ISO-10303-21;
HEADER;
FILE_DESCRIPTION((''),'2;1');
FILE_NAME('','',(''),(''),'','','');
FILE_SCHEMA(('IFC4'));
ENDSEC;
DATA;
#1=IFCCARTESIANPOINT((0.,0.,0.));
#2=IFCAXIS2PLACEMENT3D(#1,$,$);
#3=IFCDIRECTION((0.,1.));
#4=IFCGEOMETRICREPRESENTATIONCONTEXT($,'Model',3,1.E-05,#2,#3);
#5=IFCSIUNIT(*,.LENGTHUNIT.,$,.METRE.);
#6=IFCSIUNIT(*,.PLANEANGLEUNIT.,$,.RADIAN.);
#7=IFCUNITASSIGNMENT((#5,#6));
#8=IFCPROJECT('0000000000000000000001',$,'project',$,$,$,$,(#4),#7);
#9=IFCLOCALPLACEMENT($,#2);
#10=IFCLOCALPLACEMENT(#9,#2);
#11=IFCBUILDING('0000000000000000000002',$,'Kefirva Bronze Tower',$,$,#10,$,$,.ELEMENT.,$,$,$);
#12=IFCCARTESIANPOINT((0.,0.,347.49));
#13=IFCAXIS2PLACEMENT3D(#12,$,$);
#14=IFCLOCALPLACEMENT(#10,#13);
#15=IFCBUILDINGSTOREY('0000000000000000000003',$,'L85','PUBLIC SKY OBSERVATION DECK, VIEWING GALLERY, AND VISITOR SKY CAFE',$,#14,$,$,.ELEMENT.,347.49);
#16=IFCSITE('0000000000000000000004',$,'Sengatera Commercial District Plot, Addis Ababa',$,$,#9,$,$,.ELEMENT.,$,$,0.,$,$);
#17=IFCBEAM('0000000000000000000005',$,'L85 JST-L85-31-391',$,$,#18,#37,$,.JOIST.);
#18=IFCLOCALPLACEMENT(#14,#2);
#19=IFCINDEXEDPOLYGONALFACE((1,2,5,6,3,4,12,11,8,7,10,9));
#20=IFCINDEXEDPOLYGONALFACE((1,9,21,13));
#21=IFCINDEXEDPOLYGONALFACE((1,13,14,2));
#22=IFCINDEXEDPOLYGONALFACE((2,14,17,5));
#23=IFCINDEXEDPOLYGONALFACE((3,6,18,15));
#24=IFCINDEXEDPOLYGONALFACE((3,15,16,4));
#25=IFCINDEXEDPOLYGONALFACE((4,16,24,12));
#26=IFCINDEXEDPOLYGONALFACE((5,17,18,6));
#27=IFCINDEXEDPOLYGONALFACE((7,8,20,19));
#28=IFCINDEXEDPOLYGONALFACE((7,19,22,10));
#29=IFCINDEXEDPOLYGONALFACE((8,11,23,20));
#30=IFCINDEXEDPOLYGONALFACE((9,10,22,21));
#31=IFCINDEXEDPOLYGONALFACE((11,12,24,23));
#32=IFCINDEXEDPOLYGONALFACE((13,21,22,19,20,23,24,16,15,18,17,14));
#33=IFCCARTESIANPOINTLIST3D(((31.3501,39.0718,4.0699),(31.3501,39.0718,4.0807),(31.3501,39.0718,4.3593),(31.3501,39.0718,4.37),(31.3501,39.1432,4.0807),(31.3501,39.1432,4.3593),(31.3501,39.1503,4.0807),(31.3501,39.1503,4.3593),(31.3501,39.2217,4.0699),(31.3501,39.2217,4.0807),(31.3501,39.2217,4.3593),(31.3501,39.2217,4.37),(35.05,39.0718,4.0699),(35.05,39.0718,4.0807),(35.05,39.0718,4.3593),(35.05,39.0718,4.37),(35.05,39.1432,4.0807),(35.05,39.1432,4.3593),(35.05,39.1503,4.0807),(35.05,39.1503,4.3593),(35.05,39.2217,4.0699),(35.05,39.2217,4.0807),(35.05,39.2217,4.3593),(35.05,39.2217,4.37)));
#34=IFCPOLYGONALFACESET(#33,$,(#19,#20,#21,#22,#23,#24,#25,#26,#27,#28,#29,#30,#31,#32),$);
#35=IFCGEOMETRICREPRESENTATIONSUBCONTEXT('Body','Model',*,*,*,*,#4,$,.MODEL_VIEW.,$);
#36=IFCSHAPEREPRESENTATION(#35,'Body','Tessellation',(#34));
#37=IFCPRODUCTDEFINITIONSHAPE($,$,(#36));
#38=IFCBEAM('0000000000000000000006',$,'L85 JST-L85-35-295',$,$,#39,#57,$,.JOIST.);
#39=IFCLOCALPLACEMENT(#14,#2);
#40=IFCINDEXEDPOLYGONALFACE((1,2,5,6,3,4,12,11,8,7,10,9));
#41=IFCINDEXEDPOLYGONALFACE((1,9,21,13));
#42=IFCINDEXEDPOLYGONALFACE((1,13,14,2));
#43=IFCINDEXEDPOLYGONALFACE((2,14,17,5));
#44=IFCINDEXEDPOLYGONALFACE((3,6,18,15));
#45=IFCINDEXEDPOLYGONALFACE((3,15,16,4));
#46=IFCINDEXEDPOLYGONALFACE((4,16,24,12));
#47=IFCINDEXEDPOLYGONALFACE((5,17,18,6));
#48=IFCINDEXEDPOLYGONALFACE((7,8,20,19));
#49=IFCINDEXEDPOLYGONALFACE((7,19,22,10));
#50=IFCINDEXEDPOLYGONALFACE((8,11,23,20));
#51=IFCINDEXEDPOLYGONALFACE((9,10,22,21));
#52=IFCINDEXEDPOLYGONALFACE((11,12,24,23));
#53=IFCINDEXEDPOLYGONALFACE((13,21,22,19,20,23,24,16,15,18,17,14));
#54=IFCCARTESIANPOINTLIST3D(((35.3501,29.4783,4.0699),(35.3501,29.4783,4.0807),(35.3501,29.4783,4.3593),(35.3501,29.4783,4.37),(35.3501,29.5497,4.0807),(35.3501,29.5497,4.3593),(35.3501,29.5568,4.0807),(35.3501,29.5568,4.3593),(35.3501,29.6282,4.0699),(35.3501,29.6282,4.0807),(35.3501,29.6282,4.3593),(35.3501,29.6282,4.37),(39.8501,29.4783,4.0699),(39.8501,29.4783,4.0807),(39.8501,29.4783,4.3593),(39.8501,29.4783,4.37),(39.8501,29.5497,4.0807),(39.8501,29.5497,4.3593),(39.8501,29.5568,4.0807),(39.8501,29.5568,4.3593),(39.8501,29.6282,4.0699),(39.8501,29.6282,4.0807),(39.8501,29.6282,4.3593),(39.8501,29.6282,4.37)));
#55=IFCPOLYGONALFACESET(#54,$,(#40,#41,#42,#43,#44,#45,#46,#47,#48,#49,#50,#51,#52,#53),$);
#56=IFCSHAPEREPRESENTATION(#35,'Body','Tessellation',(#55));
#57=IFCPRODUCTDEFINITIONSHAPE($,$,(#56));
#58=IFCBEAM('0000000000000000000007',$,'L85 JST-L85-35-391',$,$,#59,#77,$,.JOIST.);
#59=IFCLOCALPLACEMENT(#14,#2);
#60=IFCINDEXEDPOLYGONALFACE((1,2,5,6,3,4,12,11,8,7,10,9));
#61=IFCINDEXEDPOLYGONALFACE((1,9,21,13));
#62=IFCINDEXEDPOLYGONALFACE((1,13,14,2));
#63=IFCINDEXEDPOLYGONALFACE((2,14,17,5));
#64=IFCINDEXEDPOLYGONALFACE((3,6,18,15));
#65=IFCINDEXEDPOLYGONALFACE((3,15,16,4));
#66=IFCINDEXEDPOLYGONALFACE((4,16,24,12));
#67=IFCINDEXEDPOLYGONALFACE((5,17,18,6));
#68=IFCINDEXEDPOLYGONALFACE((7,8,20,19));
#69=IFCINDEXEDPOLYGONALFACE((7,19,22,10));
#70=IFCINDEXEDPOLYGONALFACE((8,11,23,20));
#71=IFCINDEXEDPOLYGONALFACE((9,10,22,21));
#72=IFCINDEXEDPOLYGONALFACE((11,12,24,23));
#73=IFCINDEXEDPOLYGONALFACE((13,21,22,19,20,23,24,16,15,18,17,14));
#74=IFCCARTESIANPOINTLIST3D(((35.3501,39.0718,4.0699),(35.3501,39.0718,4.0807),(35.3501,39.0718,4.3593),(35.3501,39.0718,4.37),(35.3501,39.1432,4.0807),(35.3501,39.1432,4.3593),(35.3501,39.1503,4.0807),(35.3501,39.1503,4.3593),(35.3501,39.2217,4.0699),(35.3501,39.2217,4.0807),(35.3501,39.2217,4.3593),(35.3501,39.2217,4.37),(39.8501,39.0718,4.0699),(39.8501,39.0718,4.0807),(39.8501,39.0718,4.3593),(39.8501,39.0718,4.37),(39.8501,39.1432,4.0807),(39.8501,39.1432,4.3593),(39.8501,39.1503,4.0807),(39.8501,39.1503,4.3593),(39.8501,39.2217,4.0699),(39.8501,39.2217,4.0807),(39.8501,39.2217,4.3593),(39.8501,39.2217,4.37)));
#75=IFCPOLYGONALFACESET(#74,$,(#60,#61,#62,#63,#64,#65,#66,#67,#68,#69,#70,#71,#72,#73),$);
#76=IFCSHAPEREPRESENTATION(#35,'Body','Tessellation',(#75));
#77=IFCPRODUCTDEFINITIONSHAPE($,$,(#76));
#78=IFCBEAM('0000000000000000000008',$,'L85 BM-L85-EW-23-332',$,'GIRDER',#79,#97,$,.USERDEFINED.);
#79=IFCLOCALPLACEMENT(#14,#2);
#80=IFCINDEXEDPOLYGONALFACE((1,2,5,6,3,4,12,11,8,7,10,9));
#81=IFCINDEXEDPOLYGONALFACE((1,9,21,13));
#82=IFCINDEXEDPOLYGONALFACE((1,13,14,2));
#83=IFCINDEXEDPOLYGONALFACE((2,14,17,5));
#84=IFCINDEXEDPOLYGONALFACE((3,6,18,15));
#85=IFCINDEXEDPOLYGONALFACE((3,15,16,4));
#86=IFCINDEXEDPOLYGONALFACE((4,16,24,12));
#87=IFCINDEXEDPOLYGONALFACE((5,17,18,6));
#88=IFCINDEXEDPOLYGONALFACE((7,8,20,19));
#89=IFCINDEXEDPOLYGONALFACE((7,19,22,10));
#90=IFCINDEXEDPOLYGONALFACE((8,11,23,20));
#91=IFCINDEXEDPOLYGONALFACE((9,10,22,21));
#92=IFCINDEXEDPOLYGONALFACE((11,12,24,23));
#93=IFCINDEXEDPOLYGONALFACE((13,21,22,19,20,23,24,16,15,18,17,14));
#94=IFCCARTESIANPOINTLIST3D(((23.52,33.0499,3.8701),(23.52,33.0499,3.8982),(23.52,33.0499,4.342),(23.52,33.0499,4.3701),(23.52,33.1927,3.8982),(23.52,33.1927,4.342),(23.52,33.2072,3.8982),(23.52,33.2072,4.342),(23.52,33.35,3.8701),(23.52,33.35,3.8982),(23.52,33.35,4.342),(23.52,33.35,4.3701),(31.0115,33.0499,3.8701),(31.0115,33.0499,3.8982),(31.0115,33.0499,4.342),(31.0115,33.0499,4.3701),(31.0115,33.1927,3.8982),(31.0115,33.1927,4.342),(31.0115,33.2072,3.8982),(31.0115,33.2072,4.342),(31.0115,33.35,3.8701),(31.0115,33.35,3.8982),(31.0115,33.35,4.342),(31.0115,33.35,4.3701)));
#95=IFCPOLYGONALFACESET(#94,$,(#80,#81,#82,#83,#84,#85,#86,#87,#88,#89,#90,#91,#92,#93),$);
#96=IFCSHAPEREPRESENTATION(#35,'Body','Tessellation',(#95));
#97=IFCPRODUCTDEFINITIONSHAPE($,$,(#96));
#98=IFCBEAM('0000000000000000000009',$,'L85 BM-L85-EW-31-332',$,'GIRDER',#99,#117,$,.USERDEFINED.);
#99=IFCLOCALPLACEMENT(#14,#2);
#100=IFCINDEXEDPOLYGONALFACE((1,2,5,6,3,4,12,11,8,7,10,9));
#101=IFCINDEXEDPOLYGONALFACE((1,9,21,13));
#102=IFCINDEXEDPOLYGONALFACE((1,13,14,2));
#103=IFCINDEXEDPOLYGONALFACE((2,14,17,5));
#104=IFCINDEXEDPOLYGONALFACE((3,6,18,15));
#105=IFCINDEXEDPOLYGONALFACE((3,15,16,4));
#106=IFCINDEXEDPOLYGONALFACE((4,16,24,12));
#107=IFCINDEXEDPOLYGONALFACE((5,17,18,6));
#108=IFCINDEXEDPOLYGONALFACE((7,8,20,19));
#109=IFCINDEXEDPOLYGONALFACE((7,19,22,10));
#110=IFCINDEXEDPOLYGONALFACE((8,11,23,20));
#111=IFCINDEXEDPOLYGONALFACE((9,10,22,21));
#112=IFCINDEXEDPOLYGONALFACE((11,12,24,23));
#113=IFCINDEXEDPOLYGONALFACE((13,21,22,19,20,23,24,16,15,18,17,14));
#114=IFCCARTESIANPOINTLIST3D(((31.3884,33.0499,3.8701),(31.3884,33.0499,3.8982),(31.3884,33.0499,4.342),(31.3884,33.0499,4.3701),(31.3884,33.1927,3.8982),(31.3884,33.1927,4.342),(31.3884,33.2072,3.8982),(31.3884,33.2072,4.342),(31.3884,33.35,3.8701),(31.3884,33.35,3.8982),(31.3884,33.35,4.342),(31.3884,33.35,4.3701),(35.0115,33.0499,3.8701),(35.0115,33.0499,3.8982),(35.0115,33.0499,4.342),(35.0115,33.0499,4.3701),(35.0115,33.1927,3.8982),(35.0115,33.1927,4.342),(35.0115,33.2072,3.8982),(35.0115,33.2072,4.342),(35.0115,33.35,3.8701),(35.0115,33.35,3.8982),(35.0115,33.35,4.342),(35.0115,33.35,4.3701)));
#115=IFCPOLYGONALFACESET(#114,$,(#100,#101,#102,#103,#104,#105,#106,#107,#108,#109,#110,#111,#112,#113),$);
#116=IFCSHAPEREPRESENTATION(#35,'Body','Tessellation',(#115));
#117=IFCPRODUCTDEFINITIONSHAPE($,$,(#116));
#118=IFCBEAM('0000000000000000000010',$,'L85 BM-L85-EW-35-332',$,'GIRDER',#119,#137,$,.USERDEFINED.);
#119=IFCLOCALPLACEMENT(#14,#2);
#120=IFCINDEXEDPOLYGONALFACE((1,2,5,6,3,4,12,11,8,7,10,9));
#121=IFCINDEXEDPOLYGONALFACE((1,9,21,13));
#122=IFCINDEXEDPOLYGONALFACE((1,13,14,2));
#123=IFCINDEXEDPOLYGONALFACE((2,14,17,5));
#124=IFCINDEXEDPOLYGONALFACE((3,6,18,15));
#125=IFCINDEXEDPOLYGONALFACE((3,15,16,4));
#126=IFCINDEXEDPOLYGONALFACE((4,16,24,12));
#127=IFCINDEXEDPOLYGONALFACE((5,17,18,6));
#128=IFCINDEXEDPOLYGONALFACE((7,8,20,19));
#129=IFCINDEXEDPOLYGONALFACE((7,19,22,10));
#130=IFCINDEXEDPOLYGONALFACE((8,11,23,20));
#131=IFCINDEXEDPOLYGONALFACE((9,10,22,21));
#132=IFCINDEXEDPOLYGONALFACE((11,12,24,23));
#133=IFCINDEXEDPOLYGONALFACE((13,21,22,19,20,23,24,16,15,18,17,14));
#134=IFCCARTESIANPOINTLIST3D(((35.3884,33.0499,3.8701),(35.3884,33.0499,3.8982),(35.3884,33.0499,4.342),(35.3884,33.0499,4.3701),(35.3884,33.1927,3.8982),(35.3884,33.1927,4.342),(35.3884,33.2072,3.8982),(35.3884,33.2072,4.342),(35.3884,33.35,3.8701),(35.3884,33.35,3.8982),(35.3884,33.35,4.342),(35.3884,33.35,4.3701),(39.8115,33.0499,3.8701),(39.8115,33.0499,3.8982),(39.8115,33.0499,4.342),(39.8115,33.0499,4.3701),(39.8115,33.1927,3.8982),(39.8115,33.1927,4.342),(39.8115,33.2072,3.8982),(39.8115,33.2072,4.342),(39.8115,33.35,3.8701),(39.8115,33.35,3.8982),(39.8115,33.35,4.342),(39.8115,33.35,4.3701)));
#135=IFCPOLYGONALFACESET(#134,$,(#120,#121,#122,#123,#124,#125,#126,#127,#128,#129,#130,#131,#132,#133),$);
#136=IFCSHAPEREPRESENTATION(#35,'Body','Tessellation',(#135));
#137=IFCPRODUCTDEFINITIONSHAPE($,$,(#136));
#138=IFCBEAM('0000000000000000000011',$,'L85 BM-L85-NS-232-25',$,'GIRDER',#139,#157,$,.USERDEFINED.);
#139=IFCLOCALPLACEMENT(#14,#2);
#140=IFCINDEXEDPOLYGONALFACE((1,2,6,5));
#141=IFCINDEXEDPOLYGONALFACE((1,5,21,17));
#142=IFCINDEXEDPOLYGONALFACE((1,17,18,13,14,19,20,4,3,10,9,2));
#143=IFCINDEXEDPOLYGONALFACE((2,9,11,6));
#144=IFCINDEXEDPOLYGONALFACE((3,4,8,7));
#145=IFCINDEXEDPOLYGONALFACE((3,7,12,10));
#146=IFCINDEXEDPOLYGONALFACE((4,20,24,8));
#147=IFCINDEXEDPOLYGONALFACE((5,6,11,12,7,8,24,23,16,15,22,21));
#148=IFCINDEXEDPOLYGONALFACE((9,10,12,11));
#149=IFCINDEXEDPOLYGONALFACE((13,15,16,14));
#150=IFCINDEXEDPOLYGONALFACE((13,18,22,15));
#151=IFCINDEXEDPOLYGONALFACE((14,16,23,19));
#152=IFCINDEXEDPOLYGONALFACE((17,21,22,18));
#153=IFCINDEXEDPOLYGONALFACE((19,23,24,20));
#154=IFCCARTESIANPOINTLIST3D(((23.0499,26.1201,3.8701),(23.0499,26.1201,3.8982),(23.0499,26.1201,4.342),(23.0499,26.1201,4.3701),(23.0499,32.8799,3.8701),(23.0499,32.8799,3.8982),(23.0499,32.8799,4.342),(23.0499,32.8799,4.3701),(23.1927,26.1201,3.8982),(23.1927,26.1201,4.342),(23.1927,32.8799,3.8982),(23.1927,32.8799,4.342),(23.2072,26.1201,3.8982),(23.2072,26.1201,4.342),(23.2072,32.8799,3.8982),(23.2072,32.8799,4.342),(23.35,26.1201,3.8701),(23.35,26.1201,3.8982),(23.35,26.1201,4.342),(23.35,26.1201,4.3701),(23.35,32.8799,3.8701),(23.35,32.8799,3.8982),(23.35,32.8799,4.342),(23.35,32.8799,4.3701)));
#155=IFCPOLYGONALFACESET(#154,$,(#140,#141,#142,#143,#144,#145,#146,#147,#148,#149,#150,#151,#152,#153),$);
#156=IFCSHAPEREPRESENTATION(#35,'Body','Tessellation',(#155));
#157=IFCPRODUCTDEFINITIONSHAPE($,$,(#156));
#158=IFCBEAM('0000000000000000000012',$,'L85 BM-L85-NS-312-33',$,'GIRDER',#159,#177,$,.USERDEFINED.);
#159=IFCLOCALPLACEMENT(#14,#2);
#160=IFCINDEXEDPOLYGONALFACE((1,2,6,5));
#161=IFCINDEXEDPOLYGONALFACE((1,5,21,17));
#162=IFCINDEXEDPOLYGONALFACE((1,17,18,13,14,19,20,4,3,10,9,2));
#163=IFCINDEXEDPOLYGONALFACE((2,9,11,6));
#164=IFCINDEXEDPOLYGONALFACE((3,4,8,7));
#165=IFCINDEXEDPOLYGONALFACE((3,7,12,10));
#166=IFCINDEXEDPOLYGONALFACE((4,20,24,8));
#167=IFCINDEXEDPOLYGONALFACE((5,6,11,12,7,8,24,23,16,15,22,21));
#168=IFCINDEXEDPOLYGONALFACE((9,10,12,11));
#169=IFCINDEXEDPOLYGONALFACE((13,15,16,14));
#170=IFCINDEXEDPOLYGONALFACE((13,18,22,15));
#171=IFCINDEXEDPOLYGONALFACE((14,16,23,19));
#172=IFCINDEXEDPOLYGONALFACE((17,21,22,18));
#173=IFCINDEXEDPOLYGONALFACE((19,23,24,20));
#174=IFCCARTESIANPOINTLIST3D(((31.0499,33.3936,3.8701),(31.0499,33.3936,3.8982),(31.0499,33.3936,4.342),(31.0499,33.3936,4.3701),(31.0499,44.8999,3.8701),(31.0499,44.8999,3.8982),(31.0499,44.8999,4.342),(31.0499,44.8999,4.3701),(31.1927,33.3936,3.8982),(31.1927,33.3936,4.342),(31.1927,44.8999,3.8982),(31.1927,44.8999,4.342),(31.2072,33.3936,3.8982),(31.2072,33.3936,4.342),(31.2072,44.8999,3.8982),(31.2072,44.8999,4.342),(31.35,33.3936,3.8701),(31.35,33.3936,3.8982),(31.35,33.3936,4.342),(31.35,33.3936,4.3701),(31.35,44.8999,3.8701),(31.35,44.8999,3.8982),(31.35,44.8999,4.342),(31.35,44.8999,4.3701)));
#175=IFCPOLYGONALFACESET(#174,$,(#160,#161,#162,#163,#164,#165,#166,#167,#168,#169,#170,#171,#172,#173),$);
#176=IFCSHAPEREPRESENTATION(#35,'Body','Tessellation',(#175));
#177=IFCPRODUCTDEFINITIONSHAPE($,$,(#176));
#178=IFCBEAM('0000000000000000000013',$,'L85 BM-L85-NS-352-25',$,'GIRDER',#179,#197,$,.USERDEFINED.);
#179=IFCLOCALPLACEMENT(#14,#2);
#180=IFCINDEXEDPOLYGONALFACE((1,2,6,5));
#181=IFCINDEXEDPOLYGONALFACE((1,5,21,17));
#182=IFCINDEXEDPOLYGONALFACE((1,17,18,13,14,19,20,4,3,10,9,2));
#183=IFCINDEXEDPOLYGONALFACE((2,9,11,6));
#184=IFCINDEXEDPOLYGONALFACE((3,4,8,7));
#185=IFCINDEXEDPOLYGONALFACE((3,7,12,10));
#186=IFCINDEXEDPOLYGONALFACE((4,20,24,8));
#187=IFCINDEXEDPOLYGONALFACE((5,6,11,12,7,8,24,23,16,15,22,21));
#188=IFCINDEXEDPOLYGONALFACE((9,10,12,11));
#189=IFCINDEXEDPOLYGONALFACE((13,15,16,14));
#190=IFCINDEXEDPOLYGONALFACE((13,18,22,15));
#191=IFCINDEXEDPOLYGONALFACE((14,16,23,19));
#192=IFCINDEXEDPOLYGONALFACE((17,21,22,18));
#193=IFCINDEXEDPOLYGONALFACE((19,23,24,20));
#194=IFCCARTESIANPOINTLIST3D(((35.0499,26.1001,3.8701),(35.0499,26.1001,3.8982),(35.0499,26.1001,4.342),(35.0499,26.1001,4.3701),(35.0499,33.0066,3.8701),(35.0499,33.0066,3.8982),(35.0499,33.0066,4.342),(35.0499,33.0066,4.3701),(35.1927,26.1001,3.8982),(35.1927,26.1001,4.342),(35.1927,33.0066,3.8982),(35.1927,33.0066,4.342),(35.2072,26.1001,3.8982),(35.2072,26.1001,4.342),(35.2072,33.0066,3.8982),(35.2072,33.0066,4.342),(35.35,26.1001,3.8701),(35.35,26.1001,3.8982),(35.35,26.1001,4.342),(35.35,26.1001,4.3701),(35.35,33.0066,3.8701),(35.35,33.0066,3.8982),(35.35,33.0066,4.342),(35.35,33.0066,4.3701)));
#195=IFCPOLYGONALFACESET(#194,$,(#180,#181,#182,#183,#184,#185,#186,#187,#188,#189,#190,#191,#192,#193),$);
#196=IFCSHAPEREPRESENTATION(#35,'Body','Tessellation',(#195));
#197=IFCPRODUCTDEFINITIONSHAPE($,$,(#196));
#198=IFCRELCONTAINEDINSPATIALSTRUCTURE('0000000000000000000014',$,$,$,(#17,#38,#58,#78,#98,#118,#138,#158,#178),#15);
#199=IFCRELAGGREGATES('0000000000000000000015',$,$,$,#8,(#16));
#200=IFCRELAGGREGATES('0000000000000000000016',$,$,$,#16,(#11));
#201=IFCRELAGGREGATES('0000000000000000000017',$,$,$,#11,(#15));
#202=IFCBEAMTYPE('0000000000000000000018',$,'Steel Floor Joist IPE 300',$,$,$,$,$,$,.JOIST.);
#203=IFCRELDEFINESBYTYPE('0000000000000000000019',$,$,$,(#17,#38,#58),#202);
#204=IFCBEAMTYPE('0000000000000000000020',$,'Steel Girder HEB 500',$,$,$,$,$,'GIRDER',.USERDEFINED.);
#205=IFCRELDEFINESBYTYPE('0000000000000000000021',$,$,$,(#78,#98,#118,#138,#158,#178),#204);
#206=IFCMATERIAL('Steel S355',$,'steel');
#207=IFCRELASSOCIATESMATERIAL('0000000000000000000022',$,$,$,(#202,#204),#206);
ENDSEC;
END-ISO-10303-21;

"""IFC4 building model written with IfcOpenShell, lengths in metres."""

from ifc_helpers import new_model, si_unit, direction, frame, origin, origin_2d, place, context, subcontext, project, spatial, i_section, extrude, material, material_profile, profile_set, type_object, element, save


model = new_model("IFC4")

# Units and contexts
model_context = context("Model", 3, precision=1e-05, world=origin(), true_north=direction((0.0, 1.0)))
body_context = subcontext(model_context, "Body", "Model", "MODEL_VIEW")
ifc_project = project(units=[si_unit("LENGTHUNIT", "METRE"), si_unit("PLANEANGLEUNIT", "RADIAN")], contexts=[model_context])

# Site, building, storey
site_placement = place(None, origin())
site = spatial("IfcSite", under=ifc_project, at=site_placement, Name="Sengatera Commercial District Plot, Addis Ababa", CompositionType="ELEMENT", RefElevation=0.0)
building_placement = place(site_placement, origin())
building = spatial("IfcBuilding", under=site, at=building_placement, Name="Kefirva Bronze Tower", CompositionType="ELEMENT")
storey_placement = place(building_placement, frame((0.0, 0.0, 347.49)))
storey = spatial("IfcBuildingStorey", under=building, at=storey_placement, Name="L85", Description="PUBLIC SKY OBSERVATION DECK, VIEWING GALLERY, AND VISITOR SKY CAFE", CompositionType="ELEMENT", Elevation=347.49)

# Beams
ifc_material_1 = material(Name="Steel S355", Category="steel")
ifc_material_profile_1 = material_profile(ifc_material_1, i_section(OverallWidth=0.1499, OverallDepth=0.3, WebThickness=0.0071, FlangeThickness=0.0107, at=origin_2d()), Name="IPE 300")
ifc_profile_set_1 = profile_set([ifc_material_profile_1], Name="Steel S355")
beam_type_1 = type_object("IfcBeamType", Name="Steel Floor Joist IPE 300", PredefinedType="JOIST", material=ifc_profile_set_1)
for number, where, z_axis, x_axis, name in (
    (1, (31.3501, 39.1467, 4.22), (1.0, 0.0, 0.0), (0.0, 1.0, 0.0), "L85 JST-L85-31-391"),
):
    element("IfcBeam", number, at=place(storey_placement, frame(where, z_axis=z_axis, x_axis=x_axis)), inside=storey, type_object=beam_type_1, Name=name, PredefinedType="JOIST", context=body_context, shape_type="SweptSolid", body=[
        extrude(i_section(OverallWidth=0.1499, OverallDepth=0.3, WebThickness=0.0071, FlangeThickness=0.0107, at=origin_2d()), origin(), (0.0, 0.0, 1.0), 3.7),
    ])
for number, where, z_axis, x_axis, name in (
    (2, (35.3501, 29.5532, 4.22), (1.0, 0.0, 0.0), (0.0, 1.0, 0.0), "L85 JST-L85-35-295"),
    (3, (35.3501, 39.1467, 4.22), (1.0, 0.0, 0.0), (0.0, 1.0, 0.0), "L85 JST-L85-35-391"),
):
    element("IfcBeam", number, at=place(storey_placement, frame(where, z_axis=z_axis, x_axis=x_axis)), inside=storey, type_object=beam_type_1, Name=name, PredefinedType="JOIST", context=body_context, shape_type="SweptSolid", body=[
        extrude(i_section(OverallWidth=0.1499, OverallDepth=0.3, WebThickness=0.0071, FlangeThickness=0.0107, at=origin_2d()), origin(), (0.0, 0.0, 1.0), 4.5),
    ])
ifc_material_profile_2 = material_profile(ifc_material_1, i_section(OverallWidth=0.3, OverallDepth=0.5, WebThickness=0.0144, FlangeThickness=0.0281, at=origin_2d()), Name="HEB 500")
ifc_profile_set_2 = profile_set([ifc_material_profile_2], Name="Steel S355")
beam_type_2 = type_object("IfcBeamType", Name="Steel Girder HEB 500", ElementType="GIRDER", PredefinedType="USERDEFINED", material=ifc_profile_set_2)
beam_1_placement = place(storey_placement, frame((23.52, 33.2, 4.1201), z_axis=(1.0, 0.0, 0.0), x_axis=(0.0, 1.0, 0.0)))
element("IfcBeam", 4, at=beam_1_placement, inside=storey, type_object=beam_type_2, Name="L85 BM-L85-EW-23-332", ObjectType="GIRDER", PredefinedType="USERDEFINED", context=body_context, shape_type="SweptSolid", body=[
    extrude(i_section(OverallWidth=0.3, OverallDepth=0.5, WebThickness=0.0144, FlangeThickness=0.0281, at=origin_2d()), origin(), (0.0, 0.0, 1.0), 7.4915),
])
beam_2_placement = place(storey_placement, frame((31.3884, 33.2, 4.1201), z_axis=(1.0, 0.0, 0.0), x_axis=(0.0, 1.0, 0.0)))
element("IfcBeam", 5, at=beam_2_placement, inside=storey, type_object=beam_type_2, Name="L85 BM-L85-EW-31-332", ObjectType="GIRDER", PredefinedType="USERDEFINED", context=body_context, shape_type="SweptSolid", body=[
    extrude(i_section(OverallWidth=0.3, OverallDepth=0.5, WebThickness=0.0144, FlangeThickness=0.0281, at=origin_2d()), origin(), (0.0, 0.0, 1.0), 3.623),
])
beam_3_placement = place(storey_placement, frame((35.3884, 33.2, 4.1201), z_axis=(1.0, 0.0, 0.0), x_axis=(0.0, 1.0, 0.0)))
element("IfcBeam", 6, at=beam_3_placement, inside=storey, type_object=beam_type_2, Name="L85 BM-L85-EW-35-332", ObjectType="GIRDER", PredefinedType="USERDEFINED", context=body_context, shape_type="SweptSolid", body=[
    extrude(i_section(OverallWidth=0.3, OverallDepth=0.5, WebThickness=0.0144, FlangeThickness=0.0281, at=origin_2d()), origin(), (0.0, 0.0, 1.0), 4.4231),
])
beam_4_placement = place(storey_placement, frame((23.2, 26.1201, 4.1201), z_axis=(0.0, 1.0, 0.0), x_axis=(-1.0, 0.0, 0.0)))
element("IfcBeam", 7, at=beam_4_placement, inside=storey, type_object=beam_type_2, Name="L85 BM-L85-NS-232-25", ObjectType="GIRDER", PredefinedType="USERDEFINED", context=body_context, shape_type="SweptSolid", body=[
    extrude(i_section(OverallWidth=0.3, OverallDepth=0.5, WebThickness=0.0144, FlangeThickness=0.0281, at=origin_2d()), origin(), (0.0, 0.0, 1.0), 6.7598),
])
beam_5_placement = place(storey_placement, frame((31.2, 33.3936, 4.1201), z_axis=(0.0, 1.0, 0.0), x_axis=(-1.0, 0.0, 0.0)))
element("IfcBeam", 8, at=beam_5_placement, inside=storey, type_object=beam_type_2, Name="L85 BM-L85-NS-312-33", ObjectType="GIRDER", PredefinedType="USERDEFINED", context=body_context, shape_type="SweptSolid", body=[
    extrude(i_section(OverallWidth=0.3, OverallDepth=0.5, WebThickness=0.0144, FlangeThickness=0.0281, at=origin_2d()), origin(), (0.0, 0.0, 1.0), 11.5063),
])
beam_6_placement = place(storey_placement, frame((35.2, 26.1001, 4.1201), z_axis=(0.0, 1.0, 0.0), x_axis=(-1.0, 0.0, 0.0)))
element("IfcBeam", 9, at=beam_6_placement, inside=storey, type_object=beam_type_2, Name="L85 BM-L85-NS-352-25", ObjectType="GIRDER", PredefinedType="USERDEFINED", context=body_context, shape_type="SweptSolid", body=[
    extrude(i_section(OverallWidth=0.3, OverallDepth=0.5, WebThickness=0.0144, FlangeThickness=0.0281, at=origin_2d()), origin(), (0.0, 0.0, 1.0), 6.9065),
])

save(model, "model.ifc")
